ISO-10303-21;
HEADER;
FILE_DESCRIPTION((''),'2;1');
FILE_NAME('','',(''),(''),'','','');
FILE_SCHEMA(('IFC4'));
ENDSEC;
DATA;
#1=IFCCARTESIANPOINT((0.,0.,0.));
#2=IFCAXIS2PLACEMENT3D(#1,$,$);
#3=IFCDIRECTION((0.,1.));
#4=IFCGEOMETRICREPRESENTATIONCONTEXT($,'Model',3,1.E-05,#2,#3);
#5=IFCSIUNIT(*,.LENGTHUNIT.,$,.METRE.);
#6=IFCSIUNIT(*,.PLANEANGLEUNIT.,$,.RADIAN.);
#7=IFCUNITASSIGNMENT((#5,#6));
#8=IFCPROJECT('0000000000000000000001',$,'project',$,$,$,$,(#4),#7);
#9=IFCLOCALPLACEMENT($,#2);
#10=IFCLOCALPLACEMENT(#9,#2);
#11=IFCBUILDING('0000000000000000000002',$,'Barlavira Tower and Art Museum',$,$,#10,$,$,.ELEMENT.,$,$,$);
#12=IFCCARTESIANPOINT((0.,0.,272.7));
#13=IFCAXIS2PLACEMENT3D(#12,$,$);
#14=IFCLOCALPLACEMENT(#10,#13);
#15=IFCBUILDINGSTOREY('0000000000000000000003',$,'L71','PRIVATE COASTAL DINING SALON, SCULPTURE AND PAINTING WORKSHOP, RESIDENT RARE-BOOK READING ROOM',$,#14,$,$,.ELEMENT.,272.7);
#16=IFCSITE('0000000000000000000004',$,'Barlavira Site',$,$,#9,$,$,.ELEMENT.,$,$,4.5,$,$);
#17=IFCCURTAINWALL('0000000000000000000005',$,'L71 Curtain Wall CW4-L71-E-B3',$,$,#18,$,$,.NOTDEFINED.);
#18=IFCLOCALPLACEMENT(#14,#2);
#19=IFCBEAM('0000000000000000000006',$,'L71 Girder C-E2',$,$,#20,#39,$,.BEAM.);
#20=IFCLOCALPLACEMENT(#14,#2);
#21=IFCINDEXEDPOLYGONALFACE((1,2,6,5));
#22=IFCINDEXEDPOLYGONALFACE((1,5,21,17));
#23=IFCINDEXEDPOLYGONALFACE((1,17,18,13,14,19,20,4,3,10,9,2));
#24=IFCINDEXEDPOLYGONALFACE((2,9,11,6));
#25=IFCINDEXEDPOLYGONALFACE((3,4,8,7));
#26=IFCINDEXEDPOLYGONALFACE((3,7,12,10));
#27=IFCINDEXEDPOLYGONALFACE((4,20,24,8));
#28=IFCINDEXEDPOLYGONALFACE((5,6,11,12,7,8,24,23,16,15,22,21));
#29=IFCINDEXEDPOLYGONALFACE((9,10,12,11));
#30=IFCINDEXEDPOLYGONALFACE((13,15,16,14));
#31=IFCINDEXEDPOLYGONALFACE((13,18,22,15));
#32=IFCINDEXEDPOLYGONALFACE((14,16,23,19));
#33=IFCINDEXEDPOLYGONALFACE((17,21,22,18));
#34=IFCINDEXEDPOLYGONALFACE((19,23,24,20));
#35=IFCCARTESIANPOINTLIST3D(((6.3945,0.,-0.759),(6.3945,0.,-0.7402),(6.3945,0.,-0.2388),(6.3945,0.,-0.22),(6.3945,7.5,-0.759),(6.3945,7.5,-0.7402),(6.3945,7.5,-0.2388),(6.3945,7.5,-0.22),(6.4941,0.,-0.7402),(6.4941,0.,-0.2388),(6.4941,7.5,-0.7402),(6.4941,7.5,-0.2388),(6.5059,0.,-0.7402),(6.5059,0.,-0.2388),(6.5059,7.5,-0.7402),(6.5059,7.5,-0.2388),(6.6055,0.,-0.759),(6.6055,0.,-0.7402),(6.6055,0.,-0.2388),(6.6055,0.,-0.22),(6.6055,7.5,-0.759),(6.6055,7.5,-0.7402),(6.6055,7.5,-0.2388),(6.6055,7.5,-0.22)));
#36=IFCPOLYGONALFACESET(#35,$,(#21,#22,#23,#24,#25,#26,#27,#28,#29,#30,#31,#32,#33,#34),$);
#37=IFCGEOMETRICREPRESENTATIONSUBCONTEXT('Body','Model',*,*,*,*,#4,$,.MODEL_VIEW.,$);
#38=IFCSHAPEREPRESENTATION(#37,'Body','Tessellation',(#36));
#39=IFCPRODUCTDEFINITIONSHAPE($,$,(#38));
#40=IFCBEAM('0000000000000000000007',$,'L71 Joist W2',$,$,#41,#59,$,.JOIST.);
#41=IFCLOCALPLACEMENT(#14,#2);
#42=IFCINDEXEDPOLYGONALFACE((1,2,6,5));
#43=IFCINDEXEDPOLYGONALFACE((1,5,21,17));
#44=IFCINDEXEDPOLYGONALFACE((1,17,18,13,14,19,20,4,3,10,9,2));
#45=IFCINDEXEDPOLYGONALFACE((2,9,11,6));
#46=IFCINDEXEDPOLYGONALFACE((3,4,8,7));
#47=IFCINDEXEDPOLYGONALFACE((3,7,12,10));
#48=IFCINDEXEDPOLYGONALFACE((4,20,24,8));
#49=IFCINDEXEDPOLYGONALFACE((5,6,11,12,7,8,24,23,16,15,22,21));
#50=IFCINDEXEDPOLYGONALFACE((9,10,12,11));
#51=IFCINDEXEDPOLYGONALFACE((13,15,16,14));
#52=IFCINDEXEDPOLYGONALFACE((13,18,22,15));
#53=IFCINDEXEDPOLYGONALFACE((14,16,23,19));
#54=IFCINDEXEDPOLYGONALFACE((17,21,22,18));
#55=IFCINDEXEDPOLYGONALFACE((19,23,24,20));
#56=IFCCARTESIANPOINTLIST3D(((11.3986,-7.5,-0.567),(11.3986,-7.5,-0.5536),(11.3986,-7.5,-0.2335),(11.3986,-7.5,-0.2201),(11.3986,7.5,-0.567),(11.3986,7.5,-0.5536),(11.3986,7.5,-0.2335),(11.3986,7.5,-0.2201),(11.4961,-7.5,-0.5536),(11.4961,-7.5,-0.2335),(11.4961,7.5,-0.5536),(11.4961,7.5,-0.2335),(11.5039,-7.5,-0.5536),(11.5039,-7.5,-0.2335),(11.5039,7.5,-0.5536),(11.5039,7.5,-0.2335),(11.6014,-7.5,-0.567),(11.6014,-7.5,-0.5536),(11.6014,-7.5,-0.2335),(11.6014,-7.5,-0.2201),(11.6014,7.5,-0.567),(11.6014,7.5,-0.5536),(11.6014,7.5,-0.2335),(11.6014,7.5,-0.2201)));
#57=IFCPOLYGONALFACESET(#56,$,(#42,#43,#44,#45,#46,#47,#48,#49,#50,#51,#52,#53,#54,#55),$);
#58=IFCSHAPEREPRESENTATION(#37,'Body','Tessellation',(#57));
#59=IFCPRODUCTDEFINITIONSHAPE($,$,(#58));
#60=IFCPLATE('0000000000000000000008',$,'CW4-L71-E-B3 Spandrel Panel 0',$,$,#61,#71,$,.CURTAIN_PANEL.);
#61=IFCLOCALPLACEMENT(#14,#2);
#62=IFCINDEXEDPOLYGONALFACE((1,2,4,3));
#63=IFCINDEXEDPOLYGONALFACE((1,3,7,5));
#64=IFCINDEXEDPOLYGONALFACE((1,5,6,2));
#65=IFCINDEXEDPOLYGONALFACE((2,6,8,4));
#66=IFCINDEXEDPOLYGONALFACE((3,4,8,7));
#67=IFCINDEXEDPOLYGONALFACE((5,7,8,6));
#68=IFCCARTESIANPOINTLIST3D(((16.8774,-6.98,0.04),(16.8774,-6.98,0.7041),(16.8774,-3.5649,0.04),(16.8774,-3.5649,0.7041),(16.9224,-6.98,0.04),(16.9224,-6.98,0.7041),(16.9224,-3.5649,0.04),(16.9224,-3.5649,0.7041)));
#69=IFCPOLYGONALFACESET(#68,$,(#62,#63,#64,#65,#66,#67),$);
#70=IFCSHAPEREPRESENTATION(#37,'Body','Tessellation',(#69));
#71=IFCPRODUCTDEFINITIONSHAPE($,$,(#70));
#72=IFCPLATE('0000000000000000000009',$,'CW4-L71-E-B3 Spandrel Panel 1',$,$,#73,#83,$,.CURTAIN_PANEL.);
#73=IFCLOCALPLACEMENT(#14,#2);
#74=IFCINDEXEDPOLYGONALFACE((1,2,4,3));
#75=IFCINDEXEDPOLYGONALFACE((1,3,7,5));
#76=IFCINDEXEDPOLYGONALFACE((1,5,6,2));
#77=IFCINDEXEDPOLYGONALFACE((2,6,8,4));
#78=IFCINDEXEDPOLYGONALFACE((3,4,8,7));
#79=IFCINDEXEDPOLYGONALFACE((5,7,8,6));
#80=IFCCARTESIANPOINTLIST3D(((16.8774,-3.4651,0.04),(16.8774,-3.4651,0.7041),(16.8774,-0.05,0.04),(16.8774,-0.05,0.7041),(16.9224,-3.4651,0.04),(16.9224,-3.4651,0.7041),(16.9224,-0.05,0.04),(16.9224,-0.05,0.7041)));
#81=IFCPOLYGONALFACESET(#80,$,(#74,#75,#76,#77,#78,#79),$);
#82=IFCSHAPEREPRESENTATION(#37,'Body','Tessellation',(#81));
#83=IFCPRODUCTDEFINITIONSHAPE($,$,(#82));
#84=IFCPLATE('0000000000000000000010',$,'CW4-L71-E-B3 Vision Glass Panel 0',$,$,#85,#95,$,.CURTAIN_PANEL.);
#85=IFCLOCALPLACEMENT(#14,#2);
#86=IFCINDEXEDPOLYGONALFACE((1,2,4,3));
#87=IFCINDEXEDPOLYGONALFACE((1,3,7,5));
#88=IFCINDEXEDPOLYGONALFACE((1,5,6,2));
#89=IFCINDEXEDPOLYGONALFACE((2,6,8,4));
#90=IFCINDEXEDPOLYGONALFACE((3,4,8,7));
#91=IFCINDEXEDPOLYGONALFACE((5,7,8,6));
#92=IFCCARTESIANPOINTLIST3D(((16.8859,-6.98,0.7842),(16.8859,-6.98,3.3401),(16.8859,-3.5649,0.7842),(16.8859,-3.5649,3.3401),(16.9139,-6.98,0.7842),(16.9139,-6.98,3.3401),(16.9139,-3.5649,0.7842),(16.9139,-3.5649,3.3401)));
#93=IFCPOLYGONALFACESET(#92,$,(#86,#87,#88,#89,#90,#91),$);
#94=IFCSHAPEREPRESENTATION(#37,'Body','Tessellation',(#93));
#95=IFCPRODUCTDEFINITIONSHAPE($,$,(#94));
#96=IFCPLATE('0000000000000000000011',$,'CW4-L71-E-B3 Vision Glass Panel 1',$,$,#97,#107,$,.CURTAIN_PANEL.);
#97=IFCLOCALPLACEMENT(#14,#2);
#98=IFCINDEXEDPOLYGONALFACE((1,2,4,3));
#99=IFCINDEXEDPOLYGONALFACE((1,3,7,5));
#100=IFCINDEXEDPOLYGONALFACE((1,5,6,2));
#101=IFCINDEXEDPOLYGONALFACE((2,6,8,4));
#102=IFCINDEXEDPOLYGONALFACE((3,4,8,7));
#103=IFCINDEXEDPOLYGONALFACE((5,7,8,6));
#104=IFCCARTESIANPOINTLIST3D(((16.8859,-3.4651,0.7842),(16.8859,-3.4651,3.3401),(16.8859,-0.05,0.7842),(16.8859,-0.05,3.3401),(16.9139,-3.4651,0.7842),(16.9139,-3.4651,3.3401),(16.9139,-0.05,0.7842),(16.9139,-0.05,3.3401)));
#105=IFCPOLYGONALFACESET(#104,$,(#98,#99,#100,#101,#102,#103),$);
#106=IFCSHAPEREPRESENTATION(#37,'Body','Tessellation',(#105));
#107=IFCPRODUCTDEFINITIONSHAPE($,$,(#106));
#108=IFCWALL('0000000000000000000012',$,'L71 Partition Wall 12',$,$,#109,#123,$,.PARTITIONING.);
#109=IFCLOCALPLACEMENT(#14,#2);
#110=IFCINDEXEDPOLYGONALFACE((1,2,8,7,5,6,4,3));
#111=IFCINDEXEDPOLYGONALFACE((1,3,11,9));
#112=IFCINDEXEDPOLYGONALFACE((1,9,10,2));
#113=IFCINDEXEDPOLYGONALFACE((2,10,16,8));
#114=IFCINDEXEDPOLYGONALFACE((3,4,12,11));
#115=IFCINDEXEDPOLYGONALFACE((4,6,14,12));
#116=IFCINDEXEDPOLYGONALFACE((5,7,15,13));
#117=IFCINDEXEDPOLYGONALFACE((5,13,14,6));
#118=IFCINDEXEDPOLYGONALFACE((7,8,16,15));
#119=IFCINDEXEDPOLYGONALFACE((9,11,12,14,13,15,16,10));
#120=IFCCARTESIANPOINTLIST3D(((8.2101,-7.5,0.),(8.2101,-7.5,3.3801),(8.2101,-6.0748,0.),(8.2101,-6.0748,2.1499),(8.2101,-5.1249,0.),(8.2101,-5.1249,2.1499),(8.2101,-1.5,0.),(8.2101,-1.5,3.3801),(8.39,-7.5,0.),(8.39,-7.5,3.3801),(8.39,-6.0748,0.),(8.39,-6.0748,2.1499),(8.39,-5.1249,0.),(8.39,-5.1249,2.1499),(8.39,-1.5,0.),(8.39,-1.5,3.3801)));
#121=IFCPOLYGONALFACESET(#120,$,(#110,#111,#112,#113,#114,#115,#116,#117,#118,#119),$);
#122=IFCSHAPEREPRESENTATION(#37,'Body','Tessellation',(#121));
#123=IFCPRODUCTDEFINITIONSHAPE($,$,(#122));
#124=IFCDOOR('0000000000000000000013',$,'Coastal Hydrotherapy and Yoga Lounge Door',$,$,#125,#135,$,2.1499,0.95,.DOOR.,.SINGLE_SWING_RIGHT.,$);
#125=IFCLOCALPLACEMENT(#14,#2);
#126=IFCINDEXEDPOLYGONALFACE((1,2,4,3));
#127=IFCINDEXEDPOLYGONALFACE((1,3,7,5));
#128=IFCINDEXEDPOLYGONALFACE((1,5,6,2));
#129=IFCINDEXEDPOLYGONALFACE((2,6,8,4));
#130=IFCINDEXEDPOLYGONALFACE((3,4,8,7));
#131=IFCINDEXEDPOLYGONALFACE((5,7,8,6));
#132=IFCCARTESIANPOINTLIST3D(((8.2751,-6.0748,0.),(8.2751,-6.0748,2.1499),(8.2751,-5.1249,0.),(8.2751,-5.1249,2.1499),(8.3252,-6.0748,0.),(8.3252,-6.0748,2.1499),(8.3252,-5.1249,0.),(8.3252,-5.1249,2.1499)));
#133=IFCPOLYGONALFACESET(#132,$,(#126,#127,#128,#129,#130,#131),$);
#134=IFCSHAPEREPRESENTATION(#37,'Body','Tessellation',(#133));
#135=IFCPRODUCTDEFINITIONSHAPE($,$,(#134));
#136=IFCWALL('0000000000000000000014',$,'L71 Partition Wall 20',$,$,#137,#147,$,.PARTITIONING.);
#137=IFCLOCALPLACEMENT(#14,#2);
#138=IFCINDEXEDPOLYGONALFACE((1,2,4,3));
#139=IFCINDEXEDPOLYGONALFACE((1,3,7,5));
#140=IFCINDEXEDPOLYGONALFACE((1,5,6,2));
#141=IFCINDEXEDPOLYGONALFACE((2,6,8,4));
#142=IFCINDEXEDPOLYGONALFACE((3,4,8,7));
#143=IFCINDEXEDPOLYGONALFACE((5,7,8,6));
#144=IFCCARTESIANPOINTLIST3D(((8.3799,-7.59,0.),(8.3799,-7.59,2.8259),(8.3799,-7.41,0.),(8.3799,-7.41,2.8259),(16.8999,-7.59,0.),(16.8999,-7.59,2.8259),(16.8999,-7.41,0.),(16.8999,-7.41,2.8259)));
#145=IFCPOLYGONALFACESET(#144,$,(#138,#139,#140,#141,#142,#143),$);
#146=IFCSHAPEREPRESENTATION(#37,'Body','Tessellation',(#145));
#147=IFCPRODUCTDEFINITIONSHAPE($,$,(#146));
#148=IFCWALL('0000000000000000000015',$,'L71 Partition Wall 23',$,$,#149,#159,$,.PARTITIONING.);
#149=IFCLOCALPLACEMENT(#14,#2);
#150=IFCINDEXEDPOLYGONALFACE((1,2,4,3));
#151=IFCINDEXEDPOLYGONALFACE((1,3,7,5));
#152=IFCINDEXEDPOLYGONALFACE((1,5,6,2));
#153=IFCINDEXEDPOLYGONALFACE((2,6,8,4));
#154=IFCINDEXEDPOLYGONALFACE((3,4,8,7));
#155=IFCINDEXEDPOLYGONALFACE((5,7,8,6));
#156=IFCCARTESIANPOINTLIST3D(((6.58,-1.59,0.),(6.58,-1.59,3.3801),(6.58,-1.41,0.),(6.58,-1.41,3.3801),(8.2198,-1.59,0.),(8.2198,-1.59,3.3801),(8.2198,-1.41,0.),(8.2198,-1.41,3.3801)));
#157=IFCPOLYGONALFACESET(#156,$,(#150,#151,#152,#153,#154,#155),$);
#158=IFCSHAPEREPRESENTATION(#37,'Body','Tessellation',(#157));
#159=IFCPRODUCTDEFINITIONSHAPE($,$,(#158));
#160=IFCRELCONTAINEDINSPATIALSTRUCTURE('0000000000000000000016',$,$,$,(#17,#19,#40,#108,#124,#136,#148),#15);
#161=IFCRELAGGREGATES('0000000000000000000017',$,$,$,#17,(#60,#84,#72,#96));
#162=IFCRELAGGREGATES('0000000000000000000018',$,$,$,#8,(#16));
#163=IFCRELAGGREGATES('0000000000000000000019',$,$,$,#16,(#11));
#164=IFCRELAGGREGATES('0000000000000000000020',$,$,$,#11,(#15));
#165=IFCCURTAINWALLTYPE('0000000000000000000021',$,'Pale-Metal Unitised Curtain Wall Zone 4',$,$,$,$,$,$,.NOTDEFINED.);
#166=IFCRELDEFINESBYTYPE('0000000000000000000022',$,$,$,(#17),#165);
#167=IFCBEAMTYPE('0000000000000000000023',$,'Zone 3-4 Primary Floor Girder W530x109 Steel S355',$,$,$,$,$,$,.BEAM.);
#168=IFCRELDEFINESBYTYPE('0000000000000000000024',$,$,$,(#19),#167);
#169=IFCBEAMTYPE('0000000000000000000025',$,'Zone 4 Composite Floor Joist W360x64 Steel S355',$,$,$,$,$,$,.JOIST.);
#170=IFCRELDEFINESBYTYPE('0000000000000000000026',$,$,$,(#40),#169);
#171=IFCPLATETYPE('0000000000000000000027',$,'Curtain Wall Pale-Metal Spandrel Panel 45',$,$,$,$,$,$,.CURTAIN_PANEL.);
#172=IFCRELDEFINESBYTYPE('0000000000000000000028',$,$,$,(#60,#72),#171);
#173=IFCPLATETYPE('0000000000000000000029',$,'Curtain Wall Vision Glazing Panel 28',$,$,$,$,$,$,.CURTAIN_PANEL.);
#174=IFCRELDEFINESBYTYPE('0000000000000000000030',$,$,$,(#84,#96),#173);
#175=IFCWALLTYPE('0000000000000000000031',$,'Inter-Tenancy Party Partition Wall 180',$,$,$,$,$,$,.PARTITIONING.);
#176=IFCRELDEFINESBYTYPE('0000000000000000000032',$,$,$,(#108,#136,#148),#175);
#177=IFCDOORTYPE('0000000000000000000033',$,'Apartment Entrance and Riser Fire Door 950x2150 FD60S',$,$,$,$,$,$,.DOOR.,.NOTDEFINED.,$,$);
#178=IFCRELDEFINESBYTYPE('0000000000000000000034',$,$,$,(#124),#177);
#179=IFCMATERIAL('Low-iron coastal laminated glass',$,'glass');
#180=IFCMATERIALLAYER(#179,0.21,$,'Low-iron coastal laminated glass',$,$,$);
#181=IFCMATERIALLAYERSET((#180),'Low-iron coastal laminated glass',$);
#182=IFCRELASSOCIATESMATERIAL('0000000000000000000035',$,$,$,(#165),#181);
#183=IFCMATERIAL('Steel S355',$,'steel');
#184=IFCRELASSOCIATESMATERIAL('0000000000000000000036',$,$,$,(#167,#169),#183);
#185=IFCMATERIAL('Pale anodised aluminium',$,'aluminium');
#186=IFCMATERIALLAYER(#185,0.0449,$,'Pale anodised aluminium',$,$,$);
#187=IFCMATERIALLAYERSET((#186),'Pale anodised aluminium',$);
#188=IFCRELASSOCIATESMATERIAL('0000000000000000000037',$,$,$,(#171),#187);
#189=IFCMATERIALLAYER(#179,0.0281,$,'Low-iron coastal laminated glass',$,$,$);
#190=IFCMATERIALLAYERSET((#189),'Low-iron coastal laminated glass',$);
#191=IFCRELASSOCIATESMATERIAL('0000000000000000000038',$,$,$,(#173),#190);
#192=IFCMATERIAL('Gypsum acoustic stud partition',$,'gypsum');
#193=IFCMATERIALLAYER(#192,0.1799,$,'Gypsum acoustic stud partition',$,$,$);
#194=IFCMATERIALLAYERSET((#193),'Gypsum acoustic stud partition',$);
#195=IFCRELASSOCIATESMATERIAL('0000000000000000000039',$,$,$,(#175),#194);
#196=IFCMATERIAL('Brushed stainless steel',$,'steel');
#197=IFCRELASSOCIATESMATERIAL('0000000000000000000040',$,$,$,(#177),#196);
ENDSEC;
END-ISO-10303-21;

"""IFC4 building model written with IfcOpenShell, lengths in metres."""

from ifc_helpers import new_model, si_unit, direction, frame, frame_2d, origin, origin_2d, place, context, subcontext, project, spatial, rectangle, i_section, extrude, material, layer, layer_set, material_profile, profile_set, type_object, element, fill, aggregate, save


model = new_model("IFC4")

# Units and contexts
model_context = context("Model", 3, precision=1e-05, world=origin(), true_north=direction((0.0, 1.0)))
body_context = subcontext(model_context, "Body", "Model", "MODEL_VIEW")
ifc_project = project(units=[si_unit("LENGTHUNIT", "METRE"), si_unit("PLANEANGLEUNIT", "RADIAN")], contexts=[model_context])

# Site, building, storey
site_placement = place(None, origin())
site = spatial("IfcSite", under=ifc_project, at=site_placement, Name="Barlavira Site", CompositionType="ELEMENT", RefElevation=4.5)
building_placement = place(site_placement, origin())
building = spatial("IfcBuilding", under=site, at=building_placement, Name="Barlavira Tower and Art Museum", CompositionType="ELEMENT")
storey_placement = place(building_placement, frame((0.0, 0.0, 272.7)))
storey = spatial("IfcBuildingStorey", under=building, at=storey_placement, Name="L71", Description="PRIVATE COASTAL DINING SALON, SCULPTURE AND PAINTING WORKSHOP, RESIDENT RARE-BOOK READING ROOM", CompositionType="ELEMENT", Elevation=272.7)

# Curtain wall
ifc_material_1 = material(Name="Low-iron coastal laminated glass", Category="glass")
ifc_layer_1 = layer(ifc_material_1, 0.21, Name="Low-iron coastal laminated glass")
ifc_layer_set_1 = layer_set([ifc_layer_1], Name="Low-iron coastal laminated glass")
curtain_wall_type = type_object("IfcCurtainWallType", Name="Pale-Metal Unitised Curtain Wall Zone 4", PredefinedType="NOTDEFINED", material=ifc_layer_set_1)
curtain_wall_placement = place(storey_placement, origin())
curtain_wall = element("IfcCurtainWall", 1, at=curtain_wall_placement, inside=storey, type_object=curtain_wall_type, Name="L71 Curtain Wall CW4-L71-E-B3", PredefinedType="NOTDEFINED")
ifc_material_2 = material(Name="Pale anodised aluminium", Category="aluminium")

# Beams
ifc_material_3 = material(Name="Steel S355", Category="steel")
ifc_material_profile_1 = material_profile(ifc_material_3, i_section(OverallWidth=0.2109, OverallDepth=0.5391, WebThickness=0.0117, FlangeThickness=0.0188, at=origin_2d()), Name="W530x109.0")
ifc_profile_set_1 = profile_set([ifc_material_profile_1], Name="Steel S355")
beam_type_1 = type_object("IfcBeamType", Name="Zone 3-4 Primary Floor Girder W530x109 Steel S355", PredefinedType="BEAM", material=ifc_profile_set_1)
beam_1_placement = place(storey_placement, frame((6.5, 0.0, -0.4895), z_axis=(0.0, 1.0, 0.0), x_axis=(-1.0, 0.0, 0.0)))
element("IfcBeam", 2, at=beam_1_placement, inside=storey, type_object=beam_type_1, Name="L71 Girder C-E2", PredefinedType="BEAM", context=body_context, shape_type="SweptSolid", body=[
    extrude(i_section(OverallWidth=0.2109, OverallDepth=0.5391, WebThickness=0.0117, FlangeThickness=0.0188, at=origin_2d()), origin(), (0.0, 0.0, 1.0), 7.5),
])
ifc_material_profile_2 = material_profile(ifc_material_3, i_section(OverallWidth=0.2029, OverallDepth=0.3469, WebThickness=0.0078, FlangeThickness=0.0134, at=origin_2d()), Name="W360x64.0")
ifc_profile_set_2 = profile_set([ifc_material_profile_2], Name="Steel S355")
beam_type_2 = type_object("IfcBeamType", Name="Zone 4 Composite Floor Joist W360x64 Steel S355", PredefinedType="JOIST", material=ifc_profile_set_2)
beam_2_placement = place(storey_placement, frame((11.5, -7.5, -0.3936), z_axis=(0.0, 1.0, 0.0), x_axis=(-1.0, 0.0, 0.0)))
element("IfcBeam", 3, at=beam_2_placement, inside=storey, type_object=beam_type_2, Name="L71 Joist W2", PredefinedType="JOIST", context=body_context, shape_type="SweptSolid", body=[
    extrude(i_section(OverallWidth=0.2029, OverallDepth=0.3469, WebThickness=0.0078, FlangeThickness=0.0134, at=origin_2d()), origin(), (0.0, 0.0, 1.0), 15.0),
])

# Plates
ifc_layer_2 = layer(ifc_material_2, 0.0449, Name="Pale anodised aluminium")
ifc_layer_set_2 = layer_set([ifc_layer_2], Name="Pale anodised aluminium")
plate_type_1 = type_object("IfcPlateType", Name="Curtain Wall Pale-Metal Spandrel Panel 45", PredefinedType="CURTAIN_PANEL", material=ifc_layer_set_2)
plate_1_placement = place(storey_placement, frame((16.8999, -5.2725, 0.04), z_axis=(0.0, 0.0, 1.0), x_axis=(0.0, 1.0, 0.0)))
plate_1 = element("IfcPlate", 4, at=plate_1_placement, type_object=plate_type_1, Name="CW4-L71-E-B3 Spandrel Panel 0", PredefinedType="CURTAIN_PANEL", context=body_context, shape_type="SweptSolid", body=[
    extrude(rectangle(XDim=3.415, YDim=0.0449, at=origin_2d()), origin(), (0.0, 0.0, 1.0), 0.6641),
])
plate_2_placement = place(storey_placement, frame((16.8999, -1.7576, 0.04), z_axis=(0.0, 0.0, 1.0), x_axis=(0.0, 1.0, 0.0)))
plate_2 = element("IfcPlate", 5, at=plate_2_placement, type_object=plate_type_1, Name="CW4-L71-E-B3 Spandrel Panel 1", PredefinedType="CURTAIN_PANEL", context=body_context, shape_type="SweptSolid", body=[
    extrude(rectangle(XDim=3.415, YDim=0.0449, at=origin_2d()), origin(), (0.0, 0.0, 1.0), 0.6641),
])
ifc_layer_3 = layer(ifc_material_1, 0.0281, Name="Low-iron coastal laminated glass")
ifc_layer_set_3 = layer_set([ifc_layer_3], Name="Low-iron coastal laminated glass")
plate_type_2 = type_object("IfcPlateType", Name="Curtain Wall Vision Glazing Panel 28", PredefinedType="CURTAIN_PANEL", material=ifc_layer_set_3)
plate_3_placement = place(storey_placement, frame((16.8999, -5.2725, 0.7842), z_axis=(0.0, 0.0, 1.0), x_axis=(0.0, 1.0, 0.0)))
plate_3 = element("IfcPlate", 6, at=plate_3_placement, type_object=plate_type_2, Name="CW4-L71-E-B3 Vision Glass Panel 0", PredefinedType="CURTAIN_PANEL", context=body_context, shape_type="SweptSolid", body=[
    extrude(rectangle(XDim=3.415, YDim=0.0281, at=origin_2d()), origin(), (0.0, 0.0, 1.0), 2.5559),
])
plate_4_placement = place(storey_placement, frame((16.8999, -1.7576, 0.7842), z_axis=(0.0, 0.0, 1.0), x_axis=(0.0, 1.0, 0.0)))
plate_4 = element("IfcPlate", 7, at=plate_4_placement, type_object=plate_type_2, Name="CW4-L71-E-B3 Vision Glass Panel 1", PredefinedType="CURTAIN_PANEL", context=body_context, shape_type="SweptSolid", body=[
    extrude(rectangle(XDim=3.415, YDim=0.0281, at=origin_2d()), origin(), (0.0, 0.0, 1.0), 2.5559),
])
aggregate(curtain_wall, [plate_1, plate_3, plate_2, plate_4])

# Wall, opening, door
ifc_material_4 = material(Name="Gypsum acoustic stud partition", Category="gypsum")
ifc_layer_4 = layer(ifc_material_4, 0.1799, Name="Gypsum acoustic stud partition")
ifc_layer_set_4 = layer_set([ifc_layer_4], Name="Gypsum acoustic stud partition")
wall_type = type_object("IfcWallType", Name="Inter-Tenancy Party Partition Wall 180", PredefinedType="PARTITIONING", material=ifc_layer_set_4)
wall_1_placement = place(storey_placement, frame((8.3, -7.5, 0.0), z_axis=(0.0, 0.0, 1.0), x_axis=(0.0, 1.0, 0.0)))
wall_1 = element("IfcWall", 8, at=wall_1_placement, inside=storey, type_object=wall_type, Name="L71 Partition Wall 12", PredefinedType="PARTITIONING", context=body_context, shape_type="SweptSolid", body=[
    extrude(rectangle(XDim=6.0, YDim=0.1799, at=frame_2d((3.0, 0.0))), origin(), (0.0, 0.0, 1.0), 3.3801),
])
opening_1_placement = place(wall_1_placement, frame((1.425, 0.0, 0.0)))
opening_1 = element("IfcOpeningElement", 9, at=opening_1_placement, cuts=wall_1, PredefinedType="OPENING", context=body_context, shape_type="SweptSolid", body=[
    extrude(rectangle(XDim=0.95, YDim=2.1499, at=frame_2d((0.4751, 1.075))), frame((0.0, 0.1001, 0.0), z_axis=(0.0, -1.0, 0.0), x_axis=(1.0, 0.0, 0.0)), (0.0, 0.0, 1.0), 0.2),
])
ifc_material_5 = material(Name="Brushed stainless steel", Category="steel")
door_type = type_object("IfcDoorType", Name="Apartment Entrance and Riser Fire Door 950x2150 FD60S", OperationType="NOTDEFINED", PredefinedType="DOOR", material=ifc_material_5)
door_1_placement = place(opening_1_placement, origin())
door_1 = element("IfcDoor", 10, at=door_1_placement, inside=storey, type_object=door_type, Name="Coastal Hydrotherapy and Yoga Lounge Door", OperationType="SINGLE_SWING_RIGHT", OverallHeight=2.1499, OverallWidth=0.95, PredefinedType="DOOR", context=body_context, shape_type="SweptSolid", body=[
    extrude(rectangle(XDim=0.95, YDim=2.1499, at=frame_2d((0.4751, 1.075))), frame((0.0, 0.0249, 0.0), z_axis=(0.0, -1.0, 0.0), x_axis=(1.0, 0.0, 0.0)), (0.0, 0.0, 1.0), 0.05),
])
fill(opening_1, door_1)

# Walls
wall_2_placement = place(storey_placement, frame((8.3799, -7.5, 0.0), z_axis=(0.0, 0.0, 1.0), x_axis=(1.0, 0.0, 0.0)))
element("IfcWall", 11, at=wall_2_placement, inside=storey, type_object=wall_type, Name="L71 Partition Wall 20", PredefinedType="PARTITIONING", context=body_context, shape_type="SweptSolid", body=[
    extrude(rectangle(XDim=8.52, YDim=0.1799, at=frame_2d((4.26, 0.0))), origin(), (0.0, 0.0, 1.0), 2.8259),
])
wall_3_placement = place(storey_placement, frame((6.5801, -1.5, 0.0), z_axis=(0.0, 0.0, 1.0), x_axis=(1.0, 0.0, 0.0)))
element("IfcWall", 12, at=wall_3_placement, inside=storey, type_object=wall_type, Name="L71 Partition Wall 23", PredefinedType="PARTITIONING", context=body_context, shape_type="SweptSolid", body=[
    extrude(rectangle(XDim=1.6399, YDim=0.1799, at=frame_2d((0.8198, 0.0))), origin(), (0.0, 0.0, 1.0), 3.3801),
])

save(model, "model.ifc")
